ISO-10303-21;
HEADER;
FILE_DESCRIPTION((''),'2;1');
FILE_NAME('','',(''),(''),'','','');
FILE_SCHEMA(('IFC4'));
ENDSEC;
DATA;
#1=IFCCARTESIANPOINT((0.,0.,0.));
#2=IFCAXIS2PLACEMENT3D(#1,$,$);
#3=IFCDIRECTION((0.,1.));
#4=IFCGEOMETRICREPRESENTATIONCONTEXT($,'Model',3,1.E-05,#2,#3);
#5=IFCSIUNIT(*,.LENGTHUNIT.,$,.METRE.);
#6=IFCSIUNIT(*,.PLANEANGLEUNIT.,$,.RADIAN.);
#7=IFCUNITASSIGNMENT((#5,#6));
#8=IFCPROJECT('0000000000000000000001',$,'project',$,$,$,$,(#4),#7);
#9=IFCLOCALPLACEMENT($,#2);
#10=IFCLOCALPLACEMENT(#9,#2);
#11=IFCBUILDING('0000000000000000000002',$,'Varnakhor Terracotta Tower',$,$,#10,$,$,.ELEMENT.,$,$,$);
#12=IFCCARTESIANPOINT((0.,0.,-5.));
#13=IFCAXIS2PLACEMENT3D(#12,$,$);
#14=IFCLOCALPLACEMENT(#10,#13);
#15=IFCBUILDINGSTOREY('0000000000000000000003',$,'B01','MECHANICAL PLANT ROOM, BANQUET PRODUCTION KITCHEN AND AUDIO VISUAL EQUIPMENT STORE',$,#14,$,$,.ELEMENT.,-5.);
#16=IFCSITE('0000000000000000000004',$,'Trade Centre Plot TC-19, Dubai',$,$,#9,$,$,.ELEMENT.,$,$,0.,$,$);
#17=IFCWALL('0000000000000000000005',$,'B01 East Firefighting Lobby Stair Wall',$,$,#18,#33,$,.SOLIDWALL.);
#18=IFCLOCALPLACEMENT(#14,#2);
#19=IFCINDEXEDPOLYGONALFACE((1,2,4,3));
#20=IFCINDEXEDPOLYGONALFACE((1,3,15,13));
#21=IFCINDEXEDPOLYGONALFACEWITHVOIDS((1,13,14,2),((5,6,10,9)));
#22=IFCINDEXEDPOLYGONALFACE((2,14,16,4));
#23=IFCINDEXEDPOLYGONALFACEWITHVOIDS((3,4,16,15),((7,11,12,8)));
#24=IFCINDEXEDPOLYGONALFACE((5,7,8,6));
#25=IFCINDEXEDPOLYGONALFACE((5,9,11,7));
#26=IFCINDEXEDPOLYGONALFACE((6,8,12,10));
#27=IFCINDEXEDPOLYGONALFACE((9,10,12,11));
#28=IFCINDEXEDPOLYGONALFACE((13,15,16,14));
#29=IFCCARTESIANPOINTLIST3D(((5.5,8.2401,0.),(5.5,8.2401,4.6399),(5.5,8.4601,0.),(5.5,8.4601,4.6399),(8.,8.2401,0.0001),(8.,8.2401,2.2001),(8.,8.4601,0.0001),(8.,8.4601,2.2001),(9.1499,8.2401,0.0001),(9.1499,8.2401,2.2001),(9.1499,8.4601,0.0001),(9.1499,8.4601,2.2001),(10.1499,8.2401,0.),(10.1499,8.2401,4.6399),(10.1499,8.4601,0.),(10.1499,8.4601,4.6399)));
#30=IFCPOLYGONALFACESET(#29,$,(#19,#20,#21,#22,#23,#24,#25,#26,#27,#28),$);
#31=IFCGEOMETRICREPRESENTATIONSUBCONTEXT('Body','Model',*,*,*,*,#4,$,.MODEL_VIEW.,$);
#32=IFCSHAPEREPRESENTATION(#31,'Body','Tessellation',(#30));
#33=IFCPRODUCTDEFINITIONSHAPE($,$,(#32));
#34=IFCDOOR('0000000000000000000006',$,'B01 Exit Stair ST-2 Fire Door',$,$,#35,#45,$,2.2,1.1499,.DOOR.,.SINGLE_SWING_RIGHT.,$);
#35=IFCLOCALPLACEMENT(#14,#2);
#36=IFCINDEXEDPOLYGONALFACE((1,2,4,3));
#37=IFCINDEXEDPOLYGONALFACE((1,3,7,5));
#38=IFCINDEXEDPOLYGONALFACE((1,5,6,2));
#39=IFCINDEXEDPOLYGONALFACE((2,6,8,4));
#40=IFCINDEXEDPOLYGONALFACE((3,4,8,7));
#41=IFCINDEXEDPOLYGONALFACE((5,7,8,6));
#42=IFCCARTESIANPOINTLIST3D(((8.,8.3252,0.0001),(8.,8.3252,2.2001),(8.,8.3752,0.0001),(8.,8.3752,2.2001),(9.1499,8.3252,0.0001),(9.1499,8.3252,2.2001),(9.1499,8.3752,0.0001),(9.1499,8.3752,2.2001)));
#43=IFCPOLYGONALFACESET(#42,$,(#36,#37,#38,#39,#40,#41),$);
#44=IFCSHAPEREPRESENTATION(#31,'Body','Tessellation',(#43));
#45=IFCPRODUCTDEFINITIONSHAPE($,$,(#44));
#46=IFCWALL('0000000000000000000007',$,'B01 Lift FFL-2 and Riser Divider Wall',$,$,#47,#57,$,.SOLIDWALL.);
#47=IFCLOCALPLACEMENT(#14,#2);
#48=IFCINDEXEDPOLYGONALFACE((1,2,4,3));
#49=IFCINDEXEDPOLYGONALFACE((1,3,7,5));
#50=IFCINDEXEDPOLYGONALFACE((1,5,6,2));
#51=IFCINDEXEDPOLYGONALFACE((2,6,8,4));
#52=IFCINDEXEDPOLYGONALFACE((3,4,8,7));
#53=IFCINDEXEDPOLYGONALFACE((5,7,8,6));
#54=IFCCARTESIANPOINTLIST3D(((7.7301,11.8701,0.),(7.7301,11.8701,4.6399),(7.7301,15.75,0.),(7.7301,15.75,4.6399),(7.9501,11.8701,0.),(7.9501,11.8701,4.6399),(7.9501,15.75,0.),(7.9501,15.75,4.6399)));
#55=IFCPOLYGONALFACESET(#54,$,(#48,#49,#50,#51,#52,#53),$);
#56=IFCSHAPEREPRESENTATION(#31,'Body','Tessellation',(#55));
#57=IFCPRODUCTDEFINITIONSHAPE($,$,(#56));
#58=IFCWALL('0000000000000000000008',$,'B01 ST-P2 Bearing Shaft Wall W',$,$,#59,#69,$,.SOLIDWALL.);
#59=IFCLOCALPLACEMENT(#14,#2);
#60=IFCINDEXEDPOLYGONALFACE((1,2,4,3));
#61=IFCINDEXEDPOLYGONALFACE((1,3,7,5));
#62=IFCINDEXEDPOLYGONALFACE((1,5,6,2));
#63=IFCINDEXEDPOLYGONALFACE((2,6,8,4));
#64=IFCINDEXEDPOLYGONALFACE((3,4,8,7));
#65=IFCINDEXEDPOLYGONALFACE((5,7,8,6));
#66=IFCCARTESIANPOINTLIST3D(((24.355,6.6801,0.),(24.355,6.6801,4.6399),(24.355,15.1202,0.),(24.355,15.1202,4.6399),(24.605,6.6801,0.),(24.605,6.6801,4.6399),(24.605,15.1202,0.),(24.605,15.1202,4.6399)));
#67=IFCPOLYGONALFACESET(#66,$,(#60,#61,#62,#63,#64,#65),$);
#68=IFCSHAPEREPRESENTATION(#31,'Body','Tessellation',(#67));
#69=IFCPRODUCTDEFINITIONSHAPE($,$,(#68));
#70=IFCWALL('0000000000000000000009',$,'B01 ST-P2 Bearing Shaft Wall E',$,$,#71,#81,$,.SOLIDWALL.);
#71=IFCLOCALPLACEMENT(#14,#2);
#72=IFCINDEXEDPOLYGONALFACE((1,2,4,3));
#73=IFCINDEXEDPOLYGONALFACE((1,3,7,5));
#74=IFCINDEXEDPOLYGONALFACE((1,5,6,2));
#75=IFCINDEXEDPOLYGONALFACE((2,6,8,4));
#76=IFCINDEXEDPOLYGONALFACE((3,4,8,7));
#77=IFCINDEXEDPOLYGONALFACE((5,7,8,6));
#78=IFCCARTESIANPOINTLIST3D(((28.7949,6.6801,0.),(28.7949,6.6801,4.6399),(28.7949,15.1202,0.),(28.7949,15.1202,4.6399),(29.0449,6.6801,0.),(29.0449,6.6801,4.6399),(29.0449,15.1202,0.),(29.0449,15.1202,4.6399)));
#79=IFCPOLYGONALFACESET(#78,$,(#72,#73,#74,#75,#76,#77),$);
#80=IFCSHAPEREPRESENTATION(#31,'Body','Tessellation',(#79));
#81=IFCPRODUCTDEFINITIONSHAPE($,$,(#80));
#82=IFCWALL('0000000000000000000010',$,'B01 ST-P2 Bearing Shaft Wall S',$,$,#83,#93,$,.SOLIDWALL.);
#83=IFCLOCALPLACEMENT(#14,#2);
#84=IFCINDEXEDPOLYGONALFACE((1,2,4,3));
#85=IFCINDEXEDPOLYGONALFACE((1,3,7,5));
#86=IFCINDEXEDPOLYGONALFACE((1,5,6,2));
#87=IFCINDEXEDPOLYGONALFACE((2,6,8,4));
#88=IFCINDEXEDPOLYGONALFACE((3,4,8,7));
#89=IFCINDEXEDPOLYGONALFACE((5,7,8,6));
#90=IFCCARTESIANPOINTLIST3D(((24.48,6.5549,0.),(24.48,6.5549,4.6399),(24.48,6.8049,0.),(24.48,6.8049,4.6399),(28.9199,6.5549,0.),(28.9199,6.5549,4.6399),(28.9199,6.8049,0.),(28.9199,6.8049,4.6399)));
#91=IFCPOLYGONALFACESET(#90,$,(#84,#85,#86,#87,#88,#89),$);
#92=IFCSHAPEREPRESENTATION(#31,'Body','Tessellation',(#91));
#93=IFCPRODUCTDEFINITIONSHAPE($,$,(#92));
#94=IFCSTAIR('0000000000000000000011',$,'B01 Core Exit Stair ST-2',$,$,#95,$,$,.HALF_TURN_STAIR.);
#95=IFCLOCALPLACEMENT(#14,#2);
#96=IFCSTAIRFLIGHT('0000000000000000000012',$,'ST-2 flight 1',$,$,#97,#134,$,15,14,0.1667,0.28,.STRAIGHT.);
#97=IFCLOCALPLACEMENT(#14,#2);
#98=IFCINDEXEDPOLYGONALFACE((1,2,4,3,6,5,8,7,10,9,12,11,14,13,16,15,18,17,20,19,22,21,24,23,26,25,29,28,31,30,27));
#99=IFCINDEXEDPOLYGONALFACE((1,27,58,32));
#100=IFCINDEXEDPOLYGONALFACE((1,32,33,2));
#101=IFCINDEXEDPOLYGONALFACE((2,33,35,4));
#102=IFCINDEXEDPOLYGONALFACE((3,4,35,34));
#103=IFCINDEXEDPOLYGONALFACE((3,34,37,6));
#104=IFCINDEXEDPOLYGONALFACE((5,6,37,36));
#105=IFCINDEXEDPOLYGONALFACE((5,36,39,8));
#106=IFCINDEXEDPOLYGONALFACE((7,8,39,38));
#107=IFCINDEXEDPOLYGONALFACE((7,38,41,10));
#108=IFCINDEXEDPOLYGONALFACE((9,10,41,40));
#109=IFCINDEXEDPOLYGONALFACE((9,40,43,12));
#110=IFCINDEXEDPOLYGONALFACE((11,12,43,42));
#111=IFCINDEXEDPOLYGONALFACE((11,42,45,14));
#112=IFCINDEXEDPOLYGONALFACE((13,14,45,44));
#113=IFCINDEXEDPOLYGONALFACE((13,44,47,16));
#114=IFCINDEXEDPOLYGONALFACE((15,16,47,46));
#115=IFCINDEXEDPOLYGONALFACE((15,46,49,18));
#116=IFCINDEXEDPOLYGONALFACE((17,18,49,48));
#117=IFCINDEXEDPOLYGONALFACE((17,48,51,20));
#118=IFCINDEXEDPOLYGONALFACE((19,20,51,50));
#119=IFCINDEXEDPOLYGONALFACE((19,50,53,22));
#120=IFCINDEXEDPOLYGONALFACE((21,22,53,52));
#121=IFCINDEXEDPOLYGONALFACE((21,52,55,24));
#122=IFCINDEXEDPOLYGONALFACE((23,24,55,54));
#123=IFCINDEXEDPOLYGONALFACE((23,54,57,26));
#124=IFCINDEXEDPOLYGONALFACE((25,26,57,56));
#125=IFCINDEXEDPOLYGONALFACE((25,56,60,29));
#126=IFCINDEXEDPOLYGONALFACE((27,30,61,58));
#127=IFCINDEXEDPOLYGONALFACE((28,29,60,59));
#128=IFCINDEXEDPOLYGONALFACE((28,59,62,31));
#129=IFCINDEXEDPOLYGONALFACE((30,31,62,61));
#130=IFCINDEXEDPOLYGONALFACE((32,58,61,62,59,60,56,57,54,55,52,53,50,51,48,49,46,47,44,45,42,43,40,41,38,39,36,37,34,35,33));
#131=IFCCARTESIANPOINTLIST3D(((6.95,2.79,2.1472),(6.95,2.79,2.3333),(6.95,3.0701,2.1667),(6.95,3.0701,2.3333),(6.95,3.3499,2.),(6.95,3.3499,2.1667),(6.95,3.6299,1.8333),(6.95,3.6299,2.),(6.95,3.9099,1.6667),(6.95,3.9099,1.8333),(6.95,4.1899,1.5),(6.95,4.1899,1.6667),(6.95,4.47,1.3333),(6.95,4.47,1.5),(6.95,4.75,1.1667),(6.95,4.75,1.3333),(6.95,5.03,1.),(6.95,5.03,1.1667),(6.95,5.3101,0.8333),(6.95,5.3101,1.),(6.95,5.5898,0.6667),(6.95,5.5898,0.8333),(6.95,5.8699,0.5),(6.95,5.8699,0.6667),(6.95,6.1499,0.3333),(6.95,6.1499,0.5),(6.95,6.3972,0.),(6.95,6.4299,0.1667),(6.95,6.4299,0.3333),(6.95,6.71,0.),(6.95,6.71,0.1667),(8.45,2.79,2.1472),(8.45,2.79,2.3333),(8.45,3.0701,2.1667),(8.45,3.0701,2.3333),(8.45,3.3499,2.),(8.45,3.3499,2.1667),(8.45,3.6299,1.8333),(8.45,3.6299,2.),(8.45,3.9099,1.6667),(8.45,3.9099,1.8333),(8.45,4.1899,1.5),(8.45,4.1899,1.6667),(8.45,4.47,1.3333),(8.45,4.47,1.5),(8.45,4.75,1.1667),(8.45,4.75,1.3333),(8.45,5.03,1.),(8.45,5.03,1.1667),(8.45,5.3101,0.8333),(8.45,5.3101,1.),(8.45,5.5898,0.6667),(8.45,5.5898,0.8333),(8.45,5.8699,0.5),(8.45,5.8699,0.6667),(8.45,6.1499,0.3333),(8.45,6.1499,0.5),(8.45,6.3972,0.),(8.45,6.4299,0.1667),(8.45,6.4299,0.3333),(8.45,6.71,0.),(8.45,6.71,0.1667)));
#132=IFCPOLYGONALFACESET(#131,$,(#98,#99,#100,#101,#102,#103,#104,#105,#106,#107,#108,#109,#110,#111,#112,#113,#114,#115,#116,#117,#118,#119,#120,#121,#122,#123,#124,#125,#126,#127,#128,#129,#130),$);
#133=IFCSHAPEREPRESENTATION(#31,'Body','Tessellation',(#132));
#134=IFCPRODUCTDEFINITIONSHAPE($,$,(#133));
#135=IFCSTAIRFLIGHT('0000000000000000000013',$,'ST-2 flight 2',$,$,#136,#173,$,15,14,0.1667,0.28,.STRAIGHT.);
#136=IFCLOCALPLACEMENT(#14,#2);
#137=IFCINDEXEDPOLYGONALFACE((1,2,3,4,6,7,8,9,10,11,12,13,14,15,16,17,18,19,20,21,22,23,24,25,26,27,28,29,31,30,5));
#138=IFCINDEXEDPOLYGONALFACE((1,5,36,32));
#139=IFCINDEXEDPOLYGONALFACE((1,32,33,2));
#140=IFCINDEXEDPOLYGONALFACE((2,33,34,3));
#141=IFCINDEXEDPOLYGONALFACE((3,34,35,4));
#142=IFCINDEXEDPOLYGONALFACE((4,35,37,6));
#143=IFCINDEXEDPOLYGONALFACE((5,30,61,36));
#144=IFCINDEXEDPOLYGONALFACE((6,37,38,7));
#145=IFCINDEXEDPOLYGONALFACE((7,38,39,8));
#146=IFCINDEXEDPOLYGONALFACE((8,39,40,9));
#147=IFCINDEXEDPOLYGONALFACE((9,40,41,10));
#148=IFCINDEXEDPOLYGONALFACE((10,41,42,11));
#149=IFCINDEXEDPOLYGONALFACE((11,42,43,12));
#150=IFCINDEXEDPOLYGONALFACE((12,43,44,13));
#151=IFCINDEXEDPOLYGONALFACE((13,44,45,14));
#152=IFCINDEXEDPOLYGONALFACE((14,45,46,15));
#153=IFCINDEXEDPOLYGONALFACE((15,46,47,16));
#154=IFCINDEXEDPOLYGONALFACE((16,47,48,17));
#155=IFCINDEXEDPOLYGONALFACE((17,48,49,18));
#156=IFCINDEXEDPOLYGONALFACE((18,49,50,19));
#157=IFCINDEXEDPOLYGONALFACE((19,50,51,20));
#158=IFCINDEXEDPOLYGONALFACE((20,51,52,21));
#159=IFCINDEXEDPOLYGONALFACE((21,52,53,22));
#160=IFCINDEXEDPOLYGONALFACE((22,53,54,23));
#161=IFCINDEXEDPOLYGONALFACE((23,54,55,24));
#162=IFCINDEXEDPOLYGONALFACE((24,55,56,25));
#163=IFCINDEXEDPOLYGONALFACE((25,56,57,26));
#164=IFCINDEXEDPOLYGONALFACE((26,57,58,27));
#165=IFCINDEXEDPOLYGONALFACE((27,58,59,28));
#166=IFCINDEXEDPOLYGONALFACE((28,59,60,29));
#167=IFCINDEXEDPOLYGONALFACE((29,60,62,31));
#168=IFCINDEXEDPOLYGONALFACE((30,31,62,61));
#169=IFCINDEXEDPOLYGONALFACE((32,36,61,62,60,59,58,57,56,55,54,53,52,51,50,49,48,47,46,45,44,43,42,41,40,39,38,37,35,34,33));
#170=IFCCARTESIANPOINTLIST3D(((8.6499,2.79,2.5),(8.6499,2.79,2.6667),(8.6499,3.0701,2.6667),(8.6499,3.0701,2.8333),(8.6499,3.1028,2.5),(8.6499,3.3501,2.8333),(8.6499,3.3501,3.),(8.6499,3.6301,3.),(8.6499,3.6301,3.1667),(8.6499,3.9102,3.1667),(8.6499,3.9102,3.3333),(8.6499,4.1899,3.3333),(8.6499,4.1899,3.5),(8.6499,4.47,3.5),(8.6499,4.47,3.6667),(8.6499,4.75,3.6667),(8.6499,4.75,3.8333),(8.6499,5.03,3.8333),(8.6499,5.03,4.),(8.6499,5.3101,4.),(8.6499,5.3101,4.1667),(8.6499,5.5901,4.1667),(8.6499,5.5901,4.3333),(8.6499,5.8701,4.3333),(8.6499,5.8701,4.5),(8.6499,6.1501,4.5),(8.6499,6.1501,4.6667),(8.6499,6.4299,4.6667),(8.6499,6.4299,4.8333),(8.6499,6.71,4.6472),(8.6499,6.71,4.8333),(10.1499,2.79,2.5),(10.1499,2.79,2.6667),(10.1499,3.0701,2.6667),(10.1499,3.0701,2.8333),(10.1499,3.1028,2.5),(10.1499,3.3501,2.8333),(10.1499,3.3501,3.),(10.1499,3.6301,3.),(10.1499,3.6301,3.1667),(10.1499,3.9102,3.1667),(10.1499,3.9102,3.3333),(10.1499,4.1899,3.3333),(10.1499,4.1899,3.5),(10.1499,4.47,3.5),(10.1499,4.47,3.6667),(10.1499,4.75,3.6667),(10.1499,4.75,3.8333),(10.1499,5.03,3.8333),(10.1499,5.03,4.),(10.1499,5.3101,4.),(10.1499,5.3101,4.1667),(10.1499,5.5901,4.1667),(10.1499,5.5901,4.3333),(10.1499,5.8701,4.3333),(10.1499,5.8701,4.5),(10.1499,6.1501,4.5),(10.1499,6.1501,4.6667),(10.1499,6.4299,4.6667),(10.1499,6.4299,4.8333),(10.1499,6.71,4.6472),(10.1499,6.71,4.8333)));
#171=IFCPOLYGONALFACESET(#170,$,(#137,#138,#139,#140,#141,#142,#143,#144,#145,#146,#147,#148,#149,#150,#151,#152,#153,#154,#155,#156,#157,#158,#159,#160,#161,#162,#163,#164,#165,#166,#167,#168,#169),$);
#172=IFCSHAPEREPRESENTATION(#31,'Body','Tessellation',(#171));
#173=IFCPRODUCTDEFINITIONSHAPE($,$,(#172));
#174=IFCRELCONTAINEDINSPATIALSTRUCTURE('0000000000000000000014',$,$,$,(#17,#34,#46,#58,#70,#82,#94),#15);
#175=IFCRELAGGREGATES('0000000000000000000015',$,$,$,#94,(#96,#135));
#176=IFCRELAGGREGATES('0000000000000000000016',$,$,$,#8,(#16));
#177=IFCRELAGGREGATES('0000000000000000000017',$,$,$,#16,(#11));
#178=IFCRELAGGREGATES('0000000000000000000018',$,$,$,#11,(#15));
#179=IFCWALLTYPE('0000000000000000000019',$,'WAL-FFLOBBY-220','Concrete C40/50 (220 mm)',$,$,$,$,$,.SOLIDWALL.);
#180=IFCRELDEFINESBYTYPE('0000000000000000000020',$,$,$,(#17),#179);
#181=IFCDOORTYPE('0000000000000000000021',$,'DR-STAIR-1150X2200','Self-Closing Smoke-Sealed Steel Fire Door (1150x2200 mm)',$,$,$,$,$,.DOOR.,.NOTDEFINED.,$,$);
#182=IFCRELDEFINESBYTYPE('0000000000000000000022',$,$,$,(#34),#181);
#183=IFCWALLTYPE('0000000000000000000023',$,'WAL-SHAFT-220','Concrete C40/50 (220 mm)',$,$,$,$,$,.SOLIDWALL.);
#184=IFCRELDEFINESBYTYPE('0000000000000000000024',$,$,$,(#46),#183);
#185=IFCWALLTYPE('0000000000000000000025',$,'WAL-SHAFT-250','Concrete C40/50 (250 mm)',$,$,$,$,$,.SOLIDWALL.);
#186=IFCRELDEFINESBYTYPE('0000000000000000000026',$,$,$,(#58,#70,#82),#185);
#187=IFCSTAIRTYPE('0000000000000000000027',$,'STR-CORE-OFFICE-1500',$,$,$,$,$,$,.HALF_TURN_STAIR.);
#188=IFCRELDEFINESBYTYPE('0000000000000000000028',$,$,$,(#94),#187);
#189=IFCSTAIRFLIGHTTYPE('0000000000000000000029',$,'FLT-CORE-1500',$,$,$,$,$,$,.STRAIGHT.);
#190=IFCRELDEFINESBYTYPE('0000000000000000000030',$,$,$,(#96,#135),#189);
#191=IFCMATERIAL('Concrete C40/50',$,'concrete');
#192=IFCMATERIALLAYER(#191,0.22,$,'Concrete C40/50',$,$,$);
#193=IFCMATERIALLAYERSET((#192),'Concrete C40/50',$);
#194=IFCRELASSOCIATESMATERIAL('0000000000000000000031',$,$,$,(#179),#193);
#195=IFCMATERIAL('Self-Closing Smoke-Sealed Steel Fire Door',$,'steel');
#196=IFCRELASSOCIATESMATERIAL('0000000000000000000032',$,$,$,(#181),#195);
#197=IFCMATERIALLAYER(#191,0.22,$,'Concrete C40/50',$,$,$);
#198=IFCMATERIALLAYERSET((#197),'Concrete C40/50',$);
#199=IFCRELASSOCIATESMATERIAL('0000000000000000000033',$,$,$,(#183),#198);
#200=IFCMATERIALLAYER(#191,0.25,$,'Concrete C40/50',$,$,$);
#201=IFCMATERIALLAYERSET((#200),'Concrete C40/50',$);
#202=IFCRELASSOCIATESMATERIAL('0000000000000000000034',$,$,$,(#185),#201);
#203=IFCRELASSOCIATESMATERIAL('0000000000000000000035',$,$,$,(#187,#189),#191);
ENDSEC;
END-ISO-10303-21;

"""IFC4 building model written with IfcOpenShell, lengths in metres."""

from ifc_helpers import new_model, si_unit, direction, frame, frame_2d, origin, place, context, subcontext, project, spatial, polyline, rectangle, outline, extrude, source, transform, mapped, material, layer, layer_set, type_object, type_shapes, element, fill, aggregate, save


model = new_model("IFC4")

# Units and contexts
model_context = context("Model", 3, precision=1e-05, world=origin(), true_north=direction((0.0, 1.0)))
body_context = subcontext(model_context, "Body", "Model", "MODEL_VIEW")
ifc_project = project(units=[si_unit("LENGTHUNIT", "METRE"), si_unit("PLANEANGLEUNIT", "RADIAN")], contexts=[model_context])

# Site, building, storey
site_placement = place(None, origin())
site = spatial("IfcSite", under=ifc_project, at=site_placement, Name="Trade Centre Plot TC-19, Dubai", CompositionType="ELEMENT", RefElevation=0.0)
building_placement = place(site_placement, origin())
building = spatial("IfcBuilding", under=site, at=building_placement, Name="Varnakhor Terracotta Tower", CompositionType="ELEMENT")
storey_placement = place(building_placement, frame((0.0, 0.0, -5.0)))
storey = spatial("IfcBuildingStorey", under=building, at=storey_placement, Name="B01", Description="MECHANICAL PLANT ROOM, BANQUET PRODUCTION KITCHEN AND AUDIO VISUAL EQUIPMENT STORE", CompositionType="ELEMENT", Elevation=-5.0)

# Shared definitions
ifc_material_1 = material(Name="Concrete C40/50", Category="concrete")

# Wall, opening, door
ifc_layer_1 = layer(ifc_material_1, 0.22, Name="Concrete C40/50")
ifc_layer_set_1 = layer_set([ifc_layer_1], Name="Concrete C40/50")
wall_type_1 = type_object("IfcWallType", Name="WAL-FFLOBBY-220", Description="Concrete C40/50 (220 mm)", PredefinedType="SOLIDWALL", material=ifc_layer_set_1)
wall_1_placement = place(storey_placement, frame((10.1499, 8.3501, 0.0), z_axis=(0.0, 0.0, 1.0), x_axis=(-1.0, 0.0, 0.0)))
wall_1 = element("IfcWall", 1, at=wall_1_placement, inside=storey, type_object=wall_type_1, Name="B01 East Firefighting Lobby Stair Wall", PredefinedType="SOLIDWALL", context=body_context, shape_type="SweptSolid", body=[
    extrude(rectangle(XDim=4.6499, YDim=0.22, at=frame_2d((2.325, 0.0))), origin(), (0.0, 0.0, 1.0), 4.6399),
])
opening_placement = place(wall_1_placement, frame((1.0, 0.0, 0.0)))
opening = element("IfcOpeningElement", 2, at=opening_placement, cuts=wall_1, PredefinedType="OPENING", context=body_context, shape_type="SweptSolid", body=[
    extrude(rectangle(XDim=1.1499, YDim=2.2, at=frame_2d((0.575, 1.1001))), frame((0.0, 0.1201, 0.0), z_axis=(0.0, -1.0, 0.0), x_axis=(1.0, 0.0, 0.0)), (0.0, 0.0, 1.0), 0.24),
])
ifc_material_2 = material(Name="Self-Closing Smoke-Sealed Steel Fire Door", Category="steel")
door_type = type_object("IfcDoorType", Name="DR-STAIR-1150X2200", Description="Self-Closing Smoke-Sealed Steel Fire Door (1150x2200 mm)", OperationType="NOTDEFINED", PredefinedType="DOOR", material=ifc_material_2)
shared_shape_1 = source(origin(), body_context, "Body", "SweptSolid", [
    extrude(rectangle(XDim=1.1499, YDim=2.2, at=frame_2d((0.575, 1.1001))), frame((0.0, 0.0249, 0.0), z_axis=(0.0, -1.0, 0.0), x_axis=(1.0, 0.0, 0.0)), (0.0, 0.0, 1.0), 0.05),
])
type_shapes(door_type, [shared_shape_1])
door_placement = place(opening_placement, origin())
door = element("IfcDoor", 3, at=door_placement, inside=storey, type_object=door_type, Name="B01 Exit Stair ST-2 Fire Door", OperationType="SINGLE_SWING_RIGHT", OverallHeight=2.2, OverallWidth=1.1499, PredefinedType="DOOR", context=body_context, shape_type="MappedRepresentation", body=[
    mapped(shared_shape_1, transform((0.0, 0.0, 0.0), scale=1.0)),
])
fill(opening, door)

# Walls
ifc_layer_2 = layer(ifc_material_1, 0.22, Name="Concrete C40/50")
ifc_layer_set_2 = layer_set([ifc_layer_2], Name="Concrete C40/50")
wall_type_2 = type_object("IfcWallType", Name="WAL-SHAFT-220", Description="Concrete C40/50 (220 mm)", PredefinedType="SOLIDWALL", material=ifc_layer_set_2)
wall_2_placement = place(storey_placement, frame((7.8401, 11.8701, 0.0), z_axis=(0.0, 0.0, 1.0), x_axis=(0.0, 1.0, 0.0)))
element("IfcWall", 4, at=wall_2_placement, inside=storey, type_object=wall_type_2, Name="B01 Lift FFL-2 and Riser Divider Wall", PredefinedType="SOLIDWALL", context=body_context, shape_type="SweptSolid", body=[
    extrude(rectangle(XDim=3.8799, YDim=0.22, at=frame_2d((1.9399, 0.0))), origin(), (0.0, 0.0, 1.0), 4.6399),
])
ifc_layer_3 = layer(ifc_material_1, 0.25, Name="Concrete C40/50")
ifc_layer_set_3 = layer_set([ifc_layer_3], Name="Concrete C40/50")
wall_type_3 = type_object("IfcWallType", Name="WAL-SHAFT-250", Description="Concrete C40/50 (250 mm)", PredefinedType="SOLIDWALL", material=ifc_layer_set_3)
for number, where, z_axis, x_axis, name in (
    (5, (24.48, 6.6799, 0.0), (0.0, 0.0, 1.0), (0.0, 1.0, 0.0), "B01 ST-P2 Bearing Shaft Wall W"),
    (6, (28.9199, 6.6799, 0.0), (0.0, 0.0, 1.0), (0.0, 1.0, 0.0), "B01 ST-P2 Bearing Shaft Wall E"),
):
    element("IfcWall", number, at=place(storey_placement, frame(where, z_axis=z_axis, x_axis=x_axis)), inside=storey, type_object=wall_type_3, Name=name, PredefinedType="SOLIDWALL", context=body_context, shape_type="SweptSolid", body=[
        extrude(rectangle(XDim=8.4402, YDim=0.25, at=frame_2d((4.2202, 0.0))), origin(), (0.0, 0.0, 1.0), 4.6399),
    ])
wall_3_placement = place(storey_placement, frame((24.48, 6.6799, 0.0), z_axis=(0.0, 0.0, 1.0), x_axis=(1.0, 0.0, 0.0)))
element("IfcWall", 7, at=wall_3_placement, inside=storey, type_object=wall_type_3, Name="B01 ST-P2 Bearing Shaft Wall S", PredefinedType="SOLIDWALL", context=body_context, shape_type="SweptSolid", body=[
    extrude(rectangle(XDim=4.4399, YDim=0.25, at=frame_2d((2.22, 0.0))), origin(), (0.0, 0.0, 1.0), 4.6399),
])

# Stair, stair flights
stair_type_1 = type_object("IfcStairType", Name="STR-CORE-OFFICE-1500", PredefinedType="HALF_TURN_STAIR", material=ifc_material_1)
stair_1_placement = place(storey_placement, origin())
stair_1 = element("IfcStair", 8, at=stair_1_placement, inside=storey, type_object=stair_type_1, Name="B01 Core Exit Stair ST-2", PredefinedType="HALF_TURN_STAIR")
stair_flight_type_1 = type_object("IfcStairFlightType", Name="FLT-CORE-1500", PredefinedType="STRAIGHT", material=ifc_material_1)
stair_flight_1_placement = place(storey_placement, frame((7.7, 6.71, 0.0), z_axis=(0.0, 0.0, 1.0), x_axis=(0.0, -1.0, 0.0)))
stair_flight_1 = element("IfcStairFlight", 9, at=stair_flight_1_placement, type_object=stair_flight_type_1, Name="ST-2 flight 1", NumberOfRisers=15, NumberOfTreads=14, PredefinedType="STRAIGHT", RiserHeight=0.1667, TreadLength=0.28, context=body_context, shape_type="SweptSolid", body=[
    extrude(outline(polyline([(0.0, 0.0), (0.0, 0.1667), (0.28, 0.1667), (0.28, 0.3333), (0.5601, 0.3333), (0.5601, 0.5), (0.8401, 0.5), (0.8401, 0.6667), (1.1201, 0.6667), (1.1201, 0.8333), (1.3999, 0.8333), (1.3999, 1.0), (1.6799, 1.0), (1.6799, 1.1667), (1.96, 1.1667), (1.96, 1.3333), (2.24, 1.3333), (2.24, 1.5), (2.52, 1.5), (2.52, 1.6667), (2.8, 1.6667), (2.8, 1.8333), (3.0801, 1.8333), (3.0801, 2.0), (3.3601, 2.0), (3.3601, 2.1667), (3.6399, 2.1667), (3.6399, 2.3333), (3.9199, 2.3333), (3.9199, 2.5), (3.9199, 2.1472), (0.3127, 0.0), (0.0, 0.0)])), frame((0.0, 0.75, 0.0), z_axis=(0.0, -1.0, 0.0), x_axis=(1.0, 0.0, 0.0)), (0.0, 0.0, 1.0), 1.5),
])
stair_flight_2_placement = place(storey_placement, frame((9.3999, 2.79, 2.5), z_axis=(0.0, 0.0, 1.0), x_axis=(0.0, 1.0, 0.0)))
stair_flight_2 = element("IfcStairFlight", 10, at=stair_flight_2_placement, type_object=stair_flight_type_1, Name="ST-2 flight 2", NumberOfRisers=15, NumberOfTreads=14, PredefinedType="STRAIGHT", RiserHeight=0.1667, TreadLength=0.28, context=body_context, shape_type="SweptSolid", body=[
    extrude(outline(polyline([(0.0, 0.0), (0.0, 0.1667), (0.28, 0.1667), (0.28, 0.3333), (0.5601, 0.3333), (0.5601, 0.5), (0.8401, 0.5), (0.8401, 0.6667), (1.1201, 0.6667), (1.1201, 0.8333), (1.3999, 0.8333), (1.3999, 1.0), (1.6799, 1.0), (1.6799, 1.1667), (1.96, 1.1667), (1.96, 1.3333), (2.24, 1.3333), (2.24, 1.5), (2.52, 1.5), (2.52, 1.6667), (2.8, 1.6667), (2.8, 1.8333), (3.0801, 1.8333), (3.0801, 2.0), (3.3601, 2.0), (3.3601, 2.1667), (3.6399, 2.1667), (3.6399, 2.3333), (3.9199, 2.3333), (3.9199, 2.5), (3.9199, 2.1472), (0.3127, 0.0), (0.0, 0.0)])), frame((0.0, 0.75, 0.0), z_axis=(0.0, -1.0, 0.0), x_axis=(1.0, 0.0, 0.0)), (0.0, 0.0, 1.0), 1.5),
])
aggregate(stair_1, [stair_flight_1, stair_flight_2])

save(model, "model.ifc")
